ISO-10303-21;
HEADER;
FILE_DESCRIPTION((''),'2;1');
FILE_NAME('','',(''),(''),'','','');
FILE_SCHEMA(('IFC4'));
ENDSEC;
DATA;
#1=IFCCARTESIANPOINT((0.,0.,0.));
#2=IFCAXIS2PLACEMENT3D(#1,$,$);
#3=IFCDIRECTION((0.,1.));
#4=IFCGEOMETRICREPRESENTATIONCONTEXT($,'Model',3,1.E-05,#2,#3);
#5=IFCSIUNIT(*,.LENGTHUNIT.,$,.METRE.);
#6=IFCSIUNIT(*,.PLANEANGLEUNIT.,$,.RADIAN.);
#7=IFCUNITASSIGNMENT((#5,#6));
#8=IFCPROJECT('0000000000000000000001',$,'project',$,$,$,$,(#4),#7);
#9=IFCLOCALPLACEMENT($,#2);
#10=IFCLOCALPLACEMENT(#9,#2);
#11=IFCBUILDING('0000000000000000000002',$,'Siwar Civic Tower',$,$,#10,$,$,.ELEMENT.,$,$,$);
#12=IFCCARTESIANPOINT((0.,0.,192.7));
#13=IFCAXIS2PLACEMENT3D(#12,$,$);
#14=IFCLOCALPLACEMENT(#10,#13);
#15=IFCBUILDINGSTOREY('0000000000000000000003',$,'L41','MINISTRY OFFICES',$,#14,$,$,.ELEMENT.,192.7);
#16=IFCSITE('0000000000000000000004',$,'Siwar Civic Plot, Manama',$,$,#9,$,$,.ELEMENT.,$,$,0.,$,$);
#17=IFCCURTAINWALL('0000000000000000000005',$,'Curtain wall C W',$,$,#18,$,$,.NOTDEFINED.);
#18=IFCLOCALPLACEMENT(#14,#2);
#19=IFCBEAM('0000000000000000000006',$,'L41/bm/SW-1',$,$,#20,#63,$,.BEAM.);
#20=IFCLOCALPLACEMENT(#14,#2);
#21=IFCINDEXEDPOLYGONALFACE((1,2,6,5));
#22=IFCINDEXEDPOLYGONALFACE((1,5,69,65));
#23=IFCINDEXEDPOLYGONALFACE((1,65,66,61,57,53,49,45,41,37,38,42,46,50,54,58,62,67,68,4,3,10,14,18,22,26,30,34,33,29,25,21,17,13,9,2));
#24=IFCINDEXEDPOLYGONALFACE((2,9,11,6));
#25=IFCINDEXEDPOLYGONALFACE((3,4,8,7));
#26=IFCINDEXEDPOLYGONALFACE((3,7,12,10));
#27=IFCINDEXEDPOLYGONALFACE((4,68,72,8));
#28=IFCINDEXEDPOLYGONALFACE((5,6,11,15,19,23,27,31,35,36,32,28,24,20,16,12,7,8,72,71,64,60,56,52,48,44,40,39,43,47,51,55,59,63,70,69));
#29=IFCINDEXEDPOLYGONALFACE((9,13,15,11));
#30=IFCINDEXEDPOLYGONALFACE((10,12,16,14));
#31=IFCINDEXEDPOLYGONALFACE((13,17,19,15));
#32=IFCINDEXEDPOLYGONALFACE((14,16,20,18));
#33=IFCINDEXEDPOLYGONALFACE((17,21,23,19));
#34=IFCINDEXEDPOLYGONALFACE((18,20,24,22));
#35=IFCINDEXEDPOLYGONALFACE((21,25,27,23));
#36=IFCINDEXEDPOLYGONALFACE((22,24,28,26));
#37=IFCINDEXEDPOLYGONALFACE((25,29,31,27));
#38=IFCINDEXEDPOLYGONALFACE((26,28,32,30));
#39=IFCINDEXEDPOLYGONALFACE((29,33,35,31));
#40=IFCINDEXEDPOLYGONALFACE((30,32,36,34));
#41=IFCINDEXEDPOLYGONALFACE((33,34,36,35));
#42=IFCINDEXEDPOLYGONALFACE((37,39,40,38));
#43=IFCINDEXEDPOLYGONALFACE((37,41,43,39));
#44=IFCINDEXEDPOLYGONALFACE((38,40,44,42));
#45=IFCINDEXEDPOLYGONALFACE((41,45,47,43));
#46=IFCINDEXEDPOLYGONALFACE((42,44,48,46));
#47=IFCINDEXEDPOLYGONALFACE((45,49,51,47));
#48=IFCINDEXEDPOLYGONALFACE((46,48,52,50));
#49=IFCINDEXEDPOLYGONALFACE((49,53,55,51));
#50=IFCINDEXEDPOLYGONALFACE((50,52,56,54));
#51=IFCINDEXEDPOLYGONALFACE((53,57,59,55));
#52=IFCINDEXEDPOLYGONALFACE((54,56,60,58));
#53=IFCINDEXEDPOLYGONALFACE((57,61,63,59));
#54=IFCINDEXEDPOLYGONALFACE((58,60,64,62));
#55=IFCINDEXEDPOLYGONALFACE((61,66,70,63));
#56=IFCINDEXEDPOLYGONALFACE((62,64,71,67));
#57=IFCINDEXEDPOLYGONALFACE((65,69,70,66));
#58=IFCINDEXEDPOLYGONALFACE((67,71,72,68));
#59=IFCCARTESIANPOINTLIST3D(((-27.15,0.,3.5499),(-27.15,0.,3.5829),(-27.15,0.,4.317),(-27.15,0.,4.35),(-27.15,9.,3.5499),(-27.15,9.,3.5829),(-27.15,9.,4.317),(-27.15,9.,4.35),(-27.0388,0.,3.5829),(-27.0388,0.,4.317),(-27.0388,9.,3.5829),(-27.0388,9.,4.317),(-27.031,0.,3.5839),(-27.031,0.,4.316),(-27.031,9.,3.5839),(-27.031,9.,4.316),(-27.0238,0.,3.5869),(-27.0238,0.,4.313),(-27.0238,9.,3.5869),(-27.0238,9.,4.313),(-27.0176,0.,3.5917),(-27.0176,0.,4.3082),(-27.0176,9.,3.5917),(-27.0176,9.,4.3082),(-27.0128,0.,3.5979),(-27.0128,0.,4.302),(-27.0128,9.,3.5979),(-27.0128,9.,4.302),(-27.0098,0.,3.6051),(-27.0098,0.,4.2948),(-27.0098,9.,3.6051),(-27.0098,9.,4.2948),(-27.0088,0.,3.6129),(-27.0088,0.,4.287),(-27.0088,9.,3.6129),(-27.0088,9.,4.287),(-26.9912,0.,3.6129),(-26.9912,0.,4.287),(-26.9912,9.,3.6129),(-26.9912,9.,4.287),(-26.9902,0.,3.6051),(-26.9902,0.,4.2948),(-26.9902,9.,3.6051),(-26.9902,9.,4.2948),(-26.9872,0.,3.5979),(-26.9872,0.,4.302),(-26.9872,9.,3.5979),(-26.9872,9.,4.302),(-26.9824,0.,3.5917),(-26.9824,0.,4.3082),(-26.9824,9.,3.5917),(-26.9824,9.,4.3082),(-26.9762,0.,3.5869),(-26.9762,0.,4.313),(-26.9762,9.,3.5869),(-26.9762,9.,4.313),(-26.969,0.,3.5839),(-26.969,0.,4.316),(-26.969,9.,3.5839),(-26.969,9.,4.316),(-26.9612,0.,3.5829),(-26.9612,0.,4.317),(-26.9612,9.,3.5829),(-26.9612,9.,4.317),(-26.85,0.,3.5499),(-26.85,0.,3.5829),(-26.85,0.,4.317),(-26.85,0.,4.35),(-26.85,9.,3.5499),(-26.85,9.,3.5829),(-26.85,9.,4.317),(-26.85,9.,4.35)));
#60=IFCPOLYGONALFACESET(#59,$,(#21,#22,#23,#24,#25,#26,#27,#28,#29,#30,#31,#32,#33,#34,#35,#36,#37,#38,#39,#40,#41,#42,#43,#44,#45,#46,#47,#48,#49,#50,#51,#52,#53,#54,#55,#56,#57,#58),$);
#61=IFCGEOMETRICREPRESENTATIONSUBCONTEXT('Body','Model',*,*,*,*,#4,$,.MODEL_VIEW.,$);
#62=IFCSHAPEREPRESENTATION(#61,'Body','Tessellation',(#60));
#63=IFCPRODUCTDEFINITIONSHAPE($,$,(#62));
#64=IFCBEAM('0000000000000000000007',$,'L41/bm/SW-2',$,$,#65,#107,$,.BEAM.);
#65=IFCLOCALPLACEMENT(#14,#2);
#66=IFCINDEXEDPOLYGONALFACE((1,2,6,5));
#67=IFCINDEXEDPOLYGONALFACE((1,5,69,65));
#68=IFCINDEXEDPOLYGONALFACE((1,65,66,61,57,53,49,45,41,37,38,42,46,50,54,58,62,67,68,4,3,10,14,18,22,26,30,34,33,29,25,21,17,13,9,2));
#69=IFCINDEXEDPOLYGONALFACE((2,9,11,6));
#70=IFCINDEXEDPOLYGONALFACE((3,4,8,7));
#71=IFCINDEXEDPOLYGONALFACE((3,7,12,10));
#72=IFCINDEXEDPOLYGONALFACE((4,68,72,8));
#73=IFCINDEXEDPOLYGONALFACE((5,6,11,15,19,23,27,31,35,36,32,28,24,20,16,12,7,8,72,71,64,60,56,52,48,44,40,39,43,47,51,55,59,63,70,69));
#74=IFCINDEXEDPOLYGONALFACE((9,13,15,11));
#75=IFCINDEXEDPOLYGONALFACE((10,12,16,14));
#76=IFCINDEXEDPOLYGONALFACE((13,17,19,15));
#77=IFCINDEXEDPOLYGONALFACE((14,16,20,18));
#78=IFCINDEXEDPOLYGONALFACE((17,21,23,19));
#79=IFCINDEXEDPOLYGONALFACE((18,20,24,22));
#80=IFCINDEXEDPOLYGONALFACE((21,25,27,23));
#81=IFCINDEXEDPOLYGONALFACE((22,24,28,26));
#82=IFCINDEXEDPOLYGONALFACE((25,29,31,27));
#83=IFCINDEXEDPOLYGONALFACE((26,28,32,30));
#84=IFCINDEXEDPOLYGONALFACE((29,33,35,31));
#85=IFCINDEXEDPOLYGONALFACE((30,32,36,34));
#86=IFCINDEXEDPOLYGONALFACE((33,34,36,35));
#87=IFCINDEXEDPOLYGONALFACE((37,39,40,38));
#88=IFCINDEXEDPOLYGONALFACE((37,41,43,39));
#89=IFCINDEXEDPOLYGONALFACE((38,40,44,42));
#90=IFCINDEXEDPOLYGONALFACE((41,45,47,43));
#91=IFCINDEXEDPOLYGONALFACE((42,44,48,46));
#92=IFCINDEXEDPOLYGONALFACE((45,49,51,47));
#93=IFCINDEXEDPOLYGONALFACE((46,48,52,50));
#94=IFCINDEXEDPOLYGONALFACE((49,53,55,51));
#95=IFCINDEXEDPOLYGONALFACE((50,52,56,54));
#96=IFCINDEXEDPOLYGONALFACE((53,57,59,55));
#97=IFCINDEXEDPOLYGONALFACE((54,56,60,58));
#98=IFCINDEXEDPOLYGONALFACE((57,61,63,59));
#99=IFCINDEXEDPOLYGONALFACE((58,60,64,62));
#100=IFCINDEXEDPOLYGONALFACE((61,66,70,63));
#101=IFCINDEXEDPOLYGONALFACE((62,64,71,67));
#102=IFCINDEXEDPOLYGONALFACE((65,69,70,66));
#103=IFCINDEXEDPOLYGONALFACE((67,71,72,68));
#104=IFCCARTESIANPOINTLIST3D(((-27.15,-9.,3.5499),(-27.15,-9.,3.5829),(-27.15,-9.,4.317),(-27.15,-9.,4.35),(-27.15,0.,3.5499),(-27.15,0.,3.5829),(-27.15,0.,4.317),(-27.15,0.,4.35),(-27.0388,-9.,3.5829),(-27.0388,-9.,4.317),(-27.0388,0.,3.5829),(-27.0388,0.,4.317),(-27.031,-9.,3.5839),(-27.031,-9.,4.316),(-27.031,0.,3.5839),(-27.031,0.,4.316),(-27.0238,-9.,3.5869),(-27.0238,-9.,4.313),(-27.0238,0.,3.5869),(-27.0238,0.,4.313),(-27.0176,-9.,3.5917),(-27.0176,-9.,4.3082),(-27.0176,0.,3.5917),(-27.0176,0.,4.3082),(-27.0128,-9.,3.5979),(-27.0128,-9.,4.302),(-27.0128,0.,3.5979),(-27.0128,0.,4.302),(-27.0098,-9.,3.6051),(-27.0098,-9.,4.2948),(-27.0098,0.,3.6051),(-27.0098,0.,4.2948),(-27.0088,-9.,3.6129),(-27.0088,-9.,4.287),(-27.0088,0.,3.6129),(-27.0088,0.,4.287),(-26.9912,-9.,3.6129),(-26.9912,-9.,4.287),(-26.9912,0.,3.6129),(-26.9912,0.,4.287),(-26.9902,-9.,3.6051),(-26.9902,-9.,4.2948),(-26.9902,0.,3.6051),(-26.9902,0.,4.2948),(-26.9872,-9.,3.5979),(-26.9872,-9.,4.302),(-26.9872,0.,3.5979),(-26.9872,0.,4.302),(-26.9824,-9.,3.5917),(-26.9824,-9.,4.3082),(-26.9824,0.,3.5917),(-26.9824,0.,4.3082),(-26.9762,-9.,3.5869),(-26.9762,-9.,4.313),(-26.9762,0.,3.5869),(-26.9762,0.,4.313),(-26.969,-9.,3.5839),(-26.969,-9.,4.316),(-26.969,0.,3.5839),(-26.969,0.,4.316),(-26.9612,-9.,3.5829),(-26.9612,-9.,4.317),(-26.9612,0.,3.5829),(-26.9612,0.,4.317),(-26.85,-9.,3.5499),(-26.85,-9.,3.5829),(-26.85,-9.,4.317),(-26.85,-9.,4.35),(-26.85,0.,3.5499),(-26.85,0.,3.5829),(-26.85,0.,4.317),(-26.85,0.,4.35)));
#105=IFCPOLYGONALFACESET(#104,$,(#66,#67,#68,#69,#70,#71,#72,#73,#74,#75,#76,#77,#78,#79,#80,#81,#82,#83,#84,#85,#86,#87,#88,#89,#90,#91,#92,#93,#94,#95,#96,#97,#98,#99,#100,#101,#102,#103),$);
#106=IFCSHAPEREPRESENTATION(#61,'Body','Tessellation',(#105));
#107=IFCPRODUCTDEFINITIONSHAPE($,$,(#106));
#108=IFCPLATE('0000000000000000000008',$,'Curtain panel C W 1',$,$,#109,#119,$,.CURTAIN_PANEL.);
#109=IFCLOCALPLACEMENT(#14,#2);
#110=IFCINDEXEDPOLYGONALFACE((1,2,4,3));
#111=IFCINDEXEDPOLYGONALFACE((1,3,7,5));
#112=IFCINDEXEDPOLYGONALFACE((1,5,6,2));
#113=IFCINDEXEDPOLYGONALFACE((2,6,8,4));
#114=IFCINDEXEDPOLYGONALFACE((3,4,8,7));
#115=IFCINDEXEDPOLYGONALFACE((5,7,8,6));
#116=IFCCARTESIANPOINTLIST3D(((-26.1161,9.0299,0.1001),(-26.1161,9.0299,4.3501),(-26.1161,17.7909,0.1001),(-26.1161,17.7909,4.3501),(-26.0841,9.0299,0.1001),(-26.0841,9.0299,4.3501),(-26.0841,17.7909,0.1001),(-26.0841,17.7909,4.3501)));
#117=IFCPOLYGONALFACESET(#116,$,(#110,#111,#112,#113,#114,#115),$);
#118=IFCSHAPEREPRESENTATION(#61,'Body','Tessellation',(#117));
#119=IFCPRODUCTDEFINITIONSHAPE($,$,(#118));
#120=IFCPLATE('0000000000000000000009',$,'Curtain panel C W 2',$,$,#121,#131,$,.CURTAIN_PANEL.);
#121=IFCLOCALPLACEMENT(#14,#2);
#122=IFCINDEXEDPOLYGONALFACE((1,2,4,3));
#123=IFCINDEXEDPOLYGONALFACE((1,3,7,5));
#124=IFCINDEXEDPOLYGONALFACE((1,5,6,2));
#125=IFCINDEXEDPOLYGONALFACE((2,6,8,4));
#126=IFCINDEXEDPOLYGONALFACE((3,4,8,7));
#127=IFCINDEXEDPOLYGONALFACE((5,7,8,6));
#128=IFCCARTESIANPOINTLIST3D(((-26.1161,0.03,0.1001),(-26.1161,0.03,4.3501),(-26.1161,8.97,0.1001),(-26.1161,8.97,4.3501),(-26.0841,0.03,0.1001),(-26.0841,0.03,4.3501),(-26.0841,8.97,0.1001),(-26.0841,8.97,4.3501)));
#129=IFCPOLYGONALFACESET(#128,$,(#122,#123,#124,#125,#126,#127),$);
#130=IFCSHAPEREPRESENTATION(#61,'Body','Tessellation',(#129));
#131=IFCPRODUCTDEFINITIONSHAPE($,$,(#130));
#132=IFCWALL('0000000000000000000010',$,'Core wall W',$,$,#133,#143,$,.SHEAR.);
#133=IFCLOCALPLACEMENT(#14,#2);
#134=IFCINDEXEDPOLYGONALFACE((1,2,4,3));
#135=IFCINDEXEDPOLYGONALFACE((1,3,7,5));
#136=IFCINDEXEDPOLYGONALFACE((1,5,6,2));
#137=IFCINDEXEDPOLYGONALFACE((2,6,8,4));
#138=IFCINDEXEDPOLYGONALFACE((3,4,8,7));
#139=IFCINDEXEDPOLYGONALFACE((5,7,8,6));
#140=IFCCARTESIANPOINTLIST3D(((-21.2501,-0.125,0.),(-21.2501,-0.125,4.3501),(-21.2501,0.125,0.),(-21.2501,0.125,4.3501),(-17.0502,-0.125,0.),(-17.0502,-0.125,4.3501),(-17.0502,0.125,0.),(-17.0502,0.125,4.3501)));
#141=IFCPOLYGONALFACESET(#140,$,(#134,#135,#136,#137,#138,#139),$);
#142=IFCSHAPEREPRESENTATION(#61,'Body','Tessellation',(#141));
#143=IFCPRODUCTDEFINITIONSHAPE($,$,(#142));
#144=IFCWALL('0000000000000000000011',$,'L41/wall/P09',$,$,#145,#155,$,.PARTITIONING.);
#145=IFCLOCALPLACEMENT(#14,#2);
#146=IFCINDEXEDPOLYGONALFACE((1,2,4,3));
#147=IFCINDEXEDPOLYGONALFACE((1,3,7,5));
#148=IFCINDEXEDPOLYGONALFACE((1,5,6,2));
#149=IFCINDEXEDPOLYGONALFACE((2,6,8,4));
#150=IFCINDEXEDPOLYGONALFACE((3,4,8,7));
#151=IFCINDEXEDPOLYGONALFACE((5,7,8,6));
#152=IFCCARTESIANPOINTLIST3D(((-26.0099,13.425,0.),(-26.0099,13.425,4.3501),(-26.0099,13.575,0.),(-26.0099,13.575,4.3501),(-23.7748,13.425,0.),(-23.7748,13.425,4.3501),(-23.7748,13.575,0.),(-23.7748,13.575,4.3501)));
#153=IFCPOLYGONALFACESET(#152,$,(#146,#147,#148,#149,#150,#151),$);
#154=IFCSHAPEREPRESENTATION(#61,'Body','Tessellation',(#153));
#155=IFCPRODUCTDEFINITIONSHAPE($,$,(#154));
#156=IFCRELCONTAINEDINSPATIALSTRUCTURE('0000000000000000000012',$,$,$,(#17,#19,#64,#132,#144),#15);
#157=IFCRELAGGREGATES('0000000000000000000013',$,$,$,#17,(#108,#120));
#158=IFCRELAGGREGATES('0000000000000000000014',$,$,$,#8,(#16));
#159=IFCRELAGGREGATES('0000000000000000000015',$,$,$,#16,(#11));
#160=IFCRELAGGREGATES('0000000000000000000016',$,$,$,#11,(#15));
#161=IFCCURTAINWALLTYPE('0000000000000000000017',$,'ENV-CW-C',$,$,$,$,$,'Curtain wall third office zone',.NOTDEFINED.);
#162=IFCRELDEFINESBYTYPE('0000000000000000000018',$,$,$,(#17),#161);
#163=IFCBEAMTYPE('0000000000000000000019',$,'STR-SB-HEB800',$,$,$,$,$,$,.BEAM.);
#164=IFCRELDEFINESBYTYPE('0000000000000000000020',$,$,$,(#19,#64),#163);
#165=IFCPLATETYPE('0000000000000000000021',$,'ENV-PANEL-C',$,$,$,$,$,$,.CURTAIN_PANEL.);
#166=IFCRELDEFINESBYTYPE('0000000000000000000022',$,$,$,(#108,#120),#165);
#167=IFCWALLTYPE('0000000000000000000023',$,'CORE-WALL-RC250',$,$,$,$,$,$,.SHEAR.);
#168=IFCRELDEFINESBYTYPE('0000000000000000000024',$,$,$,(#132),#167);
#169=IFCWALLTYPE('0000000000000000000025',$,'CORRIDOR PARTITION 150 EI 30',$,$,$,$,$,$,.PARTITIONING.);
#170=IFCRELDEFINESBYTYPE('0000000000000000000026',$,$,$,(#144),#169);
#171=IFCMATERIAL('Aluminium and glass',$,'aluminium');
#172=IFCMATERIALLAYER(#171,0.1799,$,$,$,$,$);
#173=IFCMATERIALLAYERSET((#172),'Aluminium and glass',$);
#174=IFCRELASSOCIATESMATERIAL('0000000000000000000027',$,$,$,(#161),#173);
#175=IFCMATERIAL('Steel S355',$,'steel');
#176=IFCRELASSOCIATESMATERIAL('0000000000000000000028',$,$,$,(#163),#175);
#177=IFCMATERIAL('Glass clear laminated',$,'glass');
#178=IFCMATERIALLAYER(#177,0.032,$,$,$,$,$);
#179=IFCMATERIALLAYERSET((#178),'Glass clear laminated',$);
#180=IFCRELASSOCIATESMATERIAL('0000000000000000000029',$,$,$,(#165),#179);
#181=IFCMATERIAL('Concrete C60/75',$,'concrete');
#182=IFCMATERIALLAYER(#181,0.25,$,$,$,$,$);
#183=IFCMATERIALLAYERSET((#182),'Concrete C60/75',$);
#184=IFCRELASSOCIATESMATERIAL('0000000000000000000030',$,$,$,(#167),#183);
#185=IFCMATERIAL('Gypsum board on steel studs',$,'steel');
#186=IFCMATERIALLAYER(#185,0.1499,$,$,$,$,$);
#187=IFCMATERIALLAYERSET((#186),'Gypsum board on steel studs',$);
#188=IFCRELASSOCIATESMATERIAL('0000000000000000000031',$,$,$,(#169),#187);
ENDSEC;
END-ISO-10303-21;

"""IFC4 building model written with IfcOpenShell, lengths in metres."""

from ifc_helpers import new_model, si_unit, direction, frame, frame_2d, origin, origin_2d, place, context, subcontext, project, spatial, rectangle, i_section, extrude, material, layer, layer_set, material_profile, profile_set, type_object, element, aggregate, save


model = new_model("IFC4")

# Units and contexts
model_context = context("Model", 3, precision=1e-05, world=origin(), true_north=direction((0.0, 1.0)))
body_context = subcontext(model_context, "Body", "Model", "MODEL_VIEW")
ifc_project = project(units=[si_unit("LENGTHUNIT", "METRE"), si_unit("PLANEANGLEUNIT", "RADIAN")], contexts=[model_context])

# Site, building, storey
site_placement = place(None, origin())
site = spatial("IfcSite", under=ifc_project, at=site_placement, Name="Siwar Civic Plot, Manama", CompositionType="ELEMENT", RefElevation=0.0)
building_placement = place(site_placement, origin())
building = spatial("IfcBuilding", under=site, at=building_placement, Name="Siwar Civic Tower", CompositionType="ELEMENT")
storey_placement = place(building_placement, frame((0.0, 0.0, 192.7)))
storey = spatial("IfcBuildingStorey", under=building, at=storey_placement, Name="L41", Description="MINISTRY OFFICES", CompositionType="ELEMENT", Elevation=192.7)

# Curtain wall
ifc_material_1 = material(Name="Aluminium and glass", Category="aluminium")
ifc_layer_1 = layer(ifc_material_1, 0.1799)
ifc_layer_set_1 = layer_set([ifc_layer_1], Name="Aluminium and glass")
curtain_wall_type = type_object("IfcCurtainWallType", Name="ENV-CW-C", ElementType="Curtain wall third office zone", PredefinedType="NOTDEFINED", material=ifc_layer_set_1)
curtain_wall_placement = place(storey_placement, origin())
curtain_wall = element("IfcCurtainWall", 1, at=curtain_wall_placement, inside=storey, type_object=curtain_wall_type, Name="Curtain wall C W", PredefinedType="NOTDEFINED")

# Beams
ifc_material_2 = material(Name="Steel S355", Category="steel")
ifc_material_profile_1 = material_profile(ifc_material_2, i_section(OverallWidth=0.3, OverallDepth=0.8, WebThickness=0.0176, FlangeThickness=0.033, FilletRadius=0.03, at=origin_2d()), Name="HEB800")
ifc_profile_set_1 = profile_set([ifc_material_profile_1], Name="Steel S355")
beam_type_1 = type_object("IfcBeamType", Name="STR-SB-HEB800", PredefinedType="BEAM", material=ifc_profile_set_1)
for number, where, z_axis, x_axis, name in (
    (2, (-27.0, 9.0, 3.95), (0.0, -1.0, 0.0), (1.0, 0.0, 0.0), "L41/bm/SW-1"),
    (3, (-27.0, 0.0, 3.95), (0.0, -1.0, 0.0), (1.0, 0.0, 0.0), "L41/bm/SW-2"),
):
    element("IfcBeam", number, at=place(storey_placement, frame(where, z_axis=z_axis, x_axis=x_axis)), inside=storey, type_object=beam_type_1, Name=name, PredefinedType="BEAM", context=body_context, shape_type="SweptSolid", body=[
        extrude(i_section(OverallWidth=0.3, OverallDepth=0.8, WebThickness=0.0176, FlangeThickness=0.033, FilletRadius=0.03, at=origin_2d()), origin(), (0.0, 0.0, 1.0), 9.0),
    ])

# Plates
ifc_material_3 = material(Name="Glass clear laminated", Category="glass")
ifc_layer_2 = layer(ifc_material_3, 0.032)
ifc_layer_set_2 = layer_set([ifc_layer_2], Name="Glass clear laminated")
plate_type = type_object("IfcPlateType", Name="ENV-PANEL-C", PredefinedType="CURTAIN_PANEL", material=ifc_layer_set_2)
plate_1_placement = place(storey_placement, frame((-26.1001, 13.4104, 0.1001), z_axis=(0.0, 0.0, 1.0), x_axis=(0.0, -1.0, 0.0)))
plate_1 = element("IfcPlate", 4, at=plate_1_placement, type_object=plate_type, Name="Curtain panel C W 1", PredefinedType="CURTAIN_PANEL", context=body_context, shape_type="SweptSolid", body=[
    extrude(rectangle(XDim=8.761, YDim=0.032, at=origin_2d()), origin(), (0.0, 0.0, 1.0), 4.25),
])
plate_2_placement = place(storey_placement, frame((-26.1001, 4.5, 0.1001), z_axis=(0.0, 0.0, 1.0), x_axis=(0.0, -1.0, 0.0)))
plate_2 = element("IfcPlate", 5, at=plate_2_placement, type_object=plate_type, Name="Curtain panel C W 2", PredefinedType="CURTAIN_PANEL", context=body_context, shape_type="SweptSolid", body=[
    extrude(rectangle(XDim=8.9399, YDim=0.032, at=origin_2d()), origin(), (0.0, 0.0, 1.0), 4.25),
])
aggregate(curtain_wall, [plate_1, plate_2])

# Walls
ifc_material_4 = material(Name="Concrete C60/75", Category="concrete")
ifc_layer_3 = layer(ifc_material_4, 0.25)
ifc_layer_set_3 = layer_set([ifc_layer_3], Name="Concrete C60/75")
wall_type_1 = type_object("IfcWallType", Name="CORE-WALL-RC250", PredefinedType="SHEAR", material=ifc_layer_set_3)
wall_1_placement = place(storey_placement, frame((-17.05, 0.0, 0.0), z_axis=(0.0, 0.0, 1.0), x_axis=(-1.0, 0.0, 0.0)))
element("IfcWall", 6, at=wall_1_placement, inside=storey, type_object=wall_type_1, Name="Core wall W", PredefinedType="SHEAR", context=body_context, shape_type="SweptSolid", body=[
    extrude(rectangle(XDim=4.2, YDim=0.25, at=frame_2d((2.1001, 0.0))), origin(), (0.0, 0.0, 1.0), 4.3501),
])
ifc_material_5 = material(Name="Gypsum board on steel studs", Category="steel")
ifc_layer_4 = layer(ifc_material_5, 0.1499)
ifc_layer_set_4 = layer_set([ifc_layer_4], Name="Gypsum board on steel studs")
wall_type_2 = type_object("IfcWallType", Name="CORRIDOR PARTITION 150 EI 30", PredefinedType="PARTITIONING", material=ifc_layer_set_4)
wall_2_placement = place(storey_placement, frame((-26.01, 13.5, 0.0), z_axis=(0.0, 0.0, 1.0), x_axis=(1.0, 0.0, 0.0)))
element("IfcWall", 7, at=wall_2_placement, inside=storey, type_object=wall_type_2, Name="L41/wall/P09", PredefinedType="PARTITIONING", context=body_context, shape_type="SweptSolid", body=[
    extrude(rectangle(XDim=2.2351, YDim=0.1499, at=frame_2d((1.1177, 0.0))), origin(), (0.0, 0.0, 1.0), 4.3501),
])

save(model, "model.ifc")
